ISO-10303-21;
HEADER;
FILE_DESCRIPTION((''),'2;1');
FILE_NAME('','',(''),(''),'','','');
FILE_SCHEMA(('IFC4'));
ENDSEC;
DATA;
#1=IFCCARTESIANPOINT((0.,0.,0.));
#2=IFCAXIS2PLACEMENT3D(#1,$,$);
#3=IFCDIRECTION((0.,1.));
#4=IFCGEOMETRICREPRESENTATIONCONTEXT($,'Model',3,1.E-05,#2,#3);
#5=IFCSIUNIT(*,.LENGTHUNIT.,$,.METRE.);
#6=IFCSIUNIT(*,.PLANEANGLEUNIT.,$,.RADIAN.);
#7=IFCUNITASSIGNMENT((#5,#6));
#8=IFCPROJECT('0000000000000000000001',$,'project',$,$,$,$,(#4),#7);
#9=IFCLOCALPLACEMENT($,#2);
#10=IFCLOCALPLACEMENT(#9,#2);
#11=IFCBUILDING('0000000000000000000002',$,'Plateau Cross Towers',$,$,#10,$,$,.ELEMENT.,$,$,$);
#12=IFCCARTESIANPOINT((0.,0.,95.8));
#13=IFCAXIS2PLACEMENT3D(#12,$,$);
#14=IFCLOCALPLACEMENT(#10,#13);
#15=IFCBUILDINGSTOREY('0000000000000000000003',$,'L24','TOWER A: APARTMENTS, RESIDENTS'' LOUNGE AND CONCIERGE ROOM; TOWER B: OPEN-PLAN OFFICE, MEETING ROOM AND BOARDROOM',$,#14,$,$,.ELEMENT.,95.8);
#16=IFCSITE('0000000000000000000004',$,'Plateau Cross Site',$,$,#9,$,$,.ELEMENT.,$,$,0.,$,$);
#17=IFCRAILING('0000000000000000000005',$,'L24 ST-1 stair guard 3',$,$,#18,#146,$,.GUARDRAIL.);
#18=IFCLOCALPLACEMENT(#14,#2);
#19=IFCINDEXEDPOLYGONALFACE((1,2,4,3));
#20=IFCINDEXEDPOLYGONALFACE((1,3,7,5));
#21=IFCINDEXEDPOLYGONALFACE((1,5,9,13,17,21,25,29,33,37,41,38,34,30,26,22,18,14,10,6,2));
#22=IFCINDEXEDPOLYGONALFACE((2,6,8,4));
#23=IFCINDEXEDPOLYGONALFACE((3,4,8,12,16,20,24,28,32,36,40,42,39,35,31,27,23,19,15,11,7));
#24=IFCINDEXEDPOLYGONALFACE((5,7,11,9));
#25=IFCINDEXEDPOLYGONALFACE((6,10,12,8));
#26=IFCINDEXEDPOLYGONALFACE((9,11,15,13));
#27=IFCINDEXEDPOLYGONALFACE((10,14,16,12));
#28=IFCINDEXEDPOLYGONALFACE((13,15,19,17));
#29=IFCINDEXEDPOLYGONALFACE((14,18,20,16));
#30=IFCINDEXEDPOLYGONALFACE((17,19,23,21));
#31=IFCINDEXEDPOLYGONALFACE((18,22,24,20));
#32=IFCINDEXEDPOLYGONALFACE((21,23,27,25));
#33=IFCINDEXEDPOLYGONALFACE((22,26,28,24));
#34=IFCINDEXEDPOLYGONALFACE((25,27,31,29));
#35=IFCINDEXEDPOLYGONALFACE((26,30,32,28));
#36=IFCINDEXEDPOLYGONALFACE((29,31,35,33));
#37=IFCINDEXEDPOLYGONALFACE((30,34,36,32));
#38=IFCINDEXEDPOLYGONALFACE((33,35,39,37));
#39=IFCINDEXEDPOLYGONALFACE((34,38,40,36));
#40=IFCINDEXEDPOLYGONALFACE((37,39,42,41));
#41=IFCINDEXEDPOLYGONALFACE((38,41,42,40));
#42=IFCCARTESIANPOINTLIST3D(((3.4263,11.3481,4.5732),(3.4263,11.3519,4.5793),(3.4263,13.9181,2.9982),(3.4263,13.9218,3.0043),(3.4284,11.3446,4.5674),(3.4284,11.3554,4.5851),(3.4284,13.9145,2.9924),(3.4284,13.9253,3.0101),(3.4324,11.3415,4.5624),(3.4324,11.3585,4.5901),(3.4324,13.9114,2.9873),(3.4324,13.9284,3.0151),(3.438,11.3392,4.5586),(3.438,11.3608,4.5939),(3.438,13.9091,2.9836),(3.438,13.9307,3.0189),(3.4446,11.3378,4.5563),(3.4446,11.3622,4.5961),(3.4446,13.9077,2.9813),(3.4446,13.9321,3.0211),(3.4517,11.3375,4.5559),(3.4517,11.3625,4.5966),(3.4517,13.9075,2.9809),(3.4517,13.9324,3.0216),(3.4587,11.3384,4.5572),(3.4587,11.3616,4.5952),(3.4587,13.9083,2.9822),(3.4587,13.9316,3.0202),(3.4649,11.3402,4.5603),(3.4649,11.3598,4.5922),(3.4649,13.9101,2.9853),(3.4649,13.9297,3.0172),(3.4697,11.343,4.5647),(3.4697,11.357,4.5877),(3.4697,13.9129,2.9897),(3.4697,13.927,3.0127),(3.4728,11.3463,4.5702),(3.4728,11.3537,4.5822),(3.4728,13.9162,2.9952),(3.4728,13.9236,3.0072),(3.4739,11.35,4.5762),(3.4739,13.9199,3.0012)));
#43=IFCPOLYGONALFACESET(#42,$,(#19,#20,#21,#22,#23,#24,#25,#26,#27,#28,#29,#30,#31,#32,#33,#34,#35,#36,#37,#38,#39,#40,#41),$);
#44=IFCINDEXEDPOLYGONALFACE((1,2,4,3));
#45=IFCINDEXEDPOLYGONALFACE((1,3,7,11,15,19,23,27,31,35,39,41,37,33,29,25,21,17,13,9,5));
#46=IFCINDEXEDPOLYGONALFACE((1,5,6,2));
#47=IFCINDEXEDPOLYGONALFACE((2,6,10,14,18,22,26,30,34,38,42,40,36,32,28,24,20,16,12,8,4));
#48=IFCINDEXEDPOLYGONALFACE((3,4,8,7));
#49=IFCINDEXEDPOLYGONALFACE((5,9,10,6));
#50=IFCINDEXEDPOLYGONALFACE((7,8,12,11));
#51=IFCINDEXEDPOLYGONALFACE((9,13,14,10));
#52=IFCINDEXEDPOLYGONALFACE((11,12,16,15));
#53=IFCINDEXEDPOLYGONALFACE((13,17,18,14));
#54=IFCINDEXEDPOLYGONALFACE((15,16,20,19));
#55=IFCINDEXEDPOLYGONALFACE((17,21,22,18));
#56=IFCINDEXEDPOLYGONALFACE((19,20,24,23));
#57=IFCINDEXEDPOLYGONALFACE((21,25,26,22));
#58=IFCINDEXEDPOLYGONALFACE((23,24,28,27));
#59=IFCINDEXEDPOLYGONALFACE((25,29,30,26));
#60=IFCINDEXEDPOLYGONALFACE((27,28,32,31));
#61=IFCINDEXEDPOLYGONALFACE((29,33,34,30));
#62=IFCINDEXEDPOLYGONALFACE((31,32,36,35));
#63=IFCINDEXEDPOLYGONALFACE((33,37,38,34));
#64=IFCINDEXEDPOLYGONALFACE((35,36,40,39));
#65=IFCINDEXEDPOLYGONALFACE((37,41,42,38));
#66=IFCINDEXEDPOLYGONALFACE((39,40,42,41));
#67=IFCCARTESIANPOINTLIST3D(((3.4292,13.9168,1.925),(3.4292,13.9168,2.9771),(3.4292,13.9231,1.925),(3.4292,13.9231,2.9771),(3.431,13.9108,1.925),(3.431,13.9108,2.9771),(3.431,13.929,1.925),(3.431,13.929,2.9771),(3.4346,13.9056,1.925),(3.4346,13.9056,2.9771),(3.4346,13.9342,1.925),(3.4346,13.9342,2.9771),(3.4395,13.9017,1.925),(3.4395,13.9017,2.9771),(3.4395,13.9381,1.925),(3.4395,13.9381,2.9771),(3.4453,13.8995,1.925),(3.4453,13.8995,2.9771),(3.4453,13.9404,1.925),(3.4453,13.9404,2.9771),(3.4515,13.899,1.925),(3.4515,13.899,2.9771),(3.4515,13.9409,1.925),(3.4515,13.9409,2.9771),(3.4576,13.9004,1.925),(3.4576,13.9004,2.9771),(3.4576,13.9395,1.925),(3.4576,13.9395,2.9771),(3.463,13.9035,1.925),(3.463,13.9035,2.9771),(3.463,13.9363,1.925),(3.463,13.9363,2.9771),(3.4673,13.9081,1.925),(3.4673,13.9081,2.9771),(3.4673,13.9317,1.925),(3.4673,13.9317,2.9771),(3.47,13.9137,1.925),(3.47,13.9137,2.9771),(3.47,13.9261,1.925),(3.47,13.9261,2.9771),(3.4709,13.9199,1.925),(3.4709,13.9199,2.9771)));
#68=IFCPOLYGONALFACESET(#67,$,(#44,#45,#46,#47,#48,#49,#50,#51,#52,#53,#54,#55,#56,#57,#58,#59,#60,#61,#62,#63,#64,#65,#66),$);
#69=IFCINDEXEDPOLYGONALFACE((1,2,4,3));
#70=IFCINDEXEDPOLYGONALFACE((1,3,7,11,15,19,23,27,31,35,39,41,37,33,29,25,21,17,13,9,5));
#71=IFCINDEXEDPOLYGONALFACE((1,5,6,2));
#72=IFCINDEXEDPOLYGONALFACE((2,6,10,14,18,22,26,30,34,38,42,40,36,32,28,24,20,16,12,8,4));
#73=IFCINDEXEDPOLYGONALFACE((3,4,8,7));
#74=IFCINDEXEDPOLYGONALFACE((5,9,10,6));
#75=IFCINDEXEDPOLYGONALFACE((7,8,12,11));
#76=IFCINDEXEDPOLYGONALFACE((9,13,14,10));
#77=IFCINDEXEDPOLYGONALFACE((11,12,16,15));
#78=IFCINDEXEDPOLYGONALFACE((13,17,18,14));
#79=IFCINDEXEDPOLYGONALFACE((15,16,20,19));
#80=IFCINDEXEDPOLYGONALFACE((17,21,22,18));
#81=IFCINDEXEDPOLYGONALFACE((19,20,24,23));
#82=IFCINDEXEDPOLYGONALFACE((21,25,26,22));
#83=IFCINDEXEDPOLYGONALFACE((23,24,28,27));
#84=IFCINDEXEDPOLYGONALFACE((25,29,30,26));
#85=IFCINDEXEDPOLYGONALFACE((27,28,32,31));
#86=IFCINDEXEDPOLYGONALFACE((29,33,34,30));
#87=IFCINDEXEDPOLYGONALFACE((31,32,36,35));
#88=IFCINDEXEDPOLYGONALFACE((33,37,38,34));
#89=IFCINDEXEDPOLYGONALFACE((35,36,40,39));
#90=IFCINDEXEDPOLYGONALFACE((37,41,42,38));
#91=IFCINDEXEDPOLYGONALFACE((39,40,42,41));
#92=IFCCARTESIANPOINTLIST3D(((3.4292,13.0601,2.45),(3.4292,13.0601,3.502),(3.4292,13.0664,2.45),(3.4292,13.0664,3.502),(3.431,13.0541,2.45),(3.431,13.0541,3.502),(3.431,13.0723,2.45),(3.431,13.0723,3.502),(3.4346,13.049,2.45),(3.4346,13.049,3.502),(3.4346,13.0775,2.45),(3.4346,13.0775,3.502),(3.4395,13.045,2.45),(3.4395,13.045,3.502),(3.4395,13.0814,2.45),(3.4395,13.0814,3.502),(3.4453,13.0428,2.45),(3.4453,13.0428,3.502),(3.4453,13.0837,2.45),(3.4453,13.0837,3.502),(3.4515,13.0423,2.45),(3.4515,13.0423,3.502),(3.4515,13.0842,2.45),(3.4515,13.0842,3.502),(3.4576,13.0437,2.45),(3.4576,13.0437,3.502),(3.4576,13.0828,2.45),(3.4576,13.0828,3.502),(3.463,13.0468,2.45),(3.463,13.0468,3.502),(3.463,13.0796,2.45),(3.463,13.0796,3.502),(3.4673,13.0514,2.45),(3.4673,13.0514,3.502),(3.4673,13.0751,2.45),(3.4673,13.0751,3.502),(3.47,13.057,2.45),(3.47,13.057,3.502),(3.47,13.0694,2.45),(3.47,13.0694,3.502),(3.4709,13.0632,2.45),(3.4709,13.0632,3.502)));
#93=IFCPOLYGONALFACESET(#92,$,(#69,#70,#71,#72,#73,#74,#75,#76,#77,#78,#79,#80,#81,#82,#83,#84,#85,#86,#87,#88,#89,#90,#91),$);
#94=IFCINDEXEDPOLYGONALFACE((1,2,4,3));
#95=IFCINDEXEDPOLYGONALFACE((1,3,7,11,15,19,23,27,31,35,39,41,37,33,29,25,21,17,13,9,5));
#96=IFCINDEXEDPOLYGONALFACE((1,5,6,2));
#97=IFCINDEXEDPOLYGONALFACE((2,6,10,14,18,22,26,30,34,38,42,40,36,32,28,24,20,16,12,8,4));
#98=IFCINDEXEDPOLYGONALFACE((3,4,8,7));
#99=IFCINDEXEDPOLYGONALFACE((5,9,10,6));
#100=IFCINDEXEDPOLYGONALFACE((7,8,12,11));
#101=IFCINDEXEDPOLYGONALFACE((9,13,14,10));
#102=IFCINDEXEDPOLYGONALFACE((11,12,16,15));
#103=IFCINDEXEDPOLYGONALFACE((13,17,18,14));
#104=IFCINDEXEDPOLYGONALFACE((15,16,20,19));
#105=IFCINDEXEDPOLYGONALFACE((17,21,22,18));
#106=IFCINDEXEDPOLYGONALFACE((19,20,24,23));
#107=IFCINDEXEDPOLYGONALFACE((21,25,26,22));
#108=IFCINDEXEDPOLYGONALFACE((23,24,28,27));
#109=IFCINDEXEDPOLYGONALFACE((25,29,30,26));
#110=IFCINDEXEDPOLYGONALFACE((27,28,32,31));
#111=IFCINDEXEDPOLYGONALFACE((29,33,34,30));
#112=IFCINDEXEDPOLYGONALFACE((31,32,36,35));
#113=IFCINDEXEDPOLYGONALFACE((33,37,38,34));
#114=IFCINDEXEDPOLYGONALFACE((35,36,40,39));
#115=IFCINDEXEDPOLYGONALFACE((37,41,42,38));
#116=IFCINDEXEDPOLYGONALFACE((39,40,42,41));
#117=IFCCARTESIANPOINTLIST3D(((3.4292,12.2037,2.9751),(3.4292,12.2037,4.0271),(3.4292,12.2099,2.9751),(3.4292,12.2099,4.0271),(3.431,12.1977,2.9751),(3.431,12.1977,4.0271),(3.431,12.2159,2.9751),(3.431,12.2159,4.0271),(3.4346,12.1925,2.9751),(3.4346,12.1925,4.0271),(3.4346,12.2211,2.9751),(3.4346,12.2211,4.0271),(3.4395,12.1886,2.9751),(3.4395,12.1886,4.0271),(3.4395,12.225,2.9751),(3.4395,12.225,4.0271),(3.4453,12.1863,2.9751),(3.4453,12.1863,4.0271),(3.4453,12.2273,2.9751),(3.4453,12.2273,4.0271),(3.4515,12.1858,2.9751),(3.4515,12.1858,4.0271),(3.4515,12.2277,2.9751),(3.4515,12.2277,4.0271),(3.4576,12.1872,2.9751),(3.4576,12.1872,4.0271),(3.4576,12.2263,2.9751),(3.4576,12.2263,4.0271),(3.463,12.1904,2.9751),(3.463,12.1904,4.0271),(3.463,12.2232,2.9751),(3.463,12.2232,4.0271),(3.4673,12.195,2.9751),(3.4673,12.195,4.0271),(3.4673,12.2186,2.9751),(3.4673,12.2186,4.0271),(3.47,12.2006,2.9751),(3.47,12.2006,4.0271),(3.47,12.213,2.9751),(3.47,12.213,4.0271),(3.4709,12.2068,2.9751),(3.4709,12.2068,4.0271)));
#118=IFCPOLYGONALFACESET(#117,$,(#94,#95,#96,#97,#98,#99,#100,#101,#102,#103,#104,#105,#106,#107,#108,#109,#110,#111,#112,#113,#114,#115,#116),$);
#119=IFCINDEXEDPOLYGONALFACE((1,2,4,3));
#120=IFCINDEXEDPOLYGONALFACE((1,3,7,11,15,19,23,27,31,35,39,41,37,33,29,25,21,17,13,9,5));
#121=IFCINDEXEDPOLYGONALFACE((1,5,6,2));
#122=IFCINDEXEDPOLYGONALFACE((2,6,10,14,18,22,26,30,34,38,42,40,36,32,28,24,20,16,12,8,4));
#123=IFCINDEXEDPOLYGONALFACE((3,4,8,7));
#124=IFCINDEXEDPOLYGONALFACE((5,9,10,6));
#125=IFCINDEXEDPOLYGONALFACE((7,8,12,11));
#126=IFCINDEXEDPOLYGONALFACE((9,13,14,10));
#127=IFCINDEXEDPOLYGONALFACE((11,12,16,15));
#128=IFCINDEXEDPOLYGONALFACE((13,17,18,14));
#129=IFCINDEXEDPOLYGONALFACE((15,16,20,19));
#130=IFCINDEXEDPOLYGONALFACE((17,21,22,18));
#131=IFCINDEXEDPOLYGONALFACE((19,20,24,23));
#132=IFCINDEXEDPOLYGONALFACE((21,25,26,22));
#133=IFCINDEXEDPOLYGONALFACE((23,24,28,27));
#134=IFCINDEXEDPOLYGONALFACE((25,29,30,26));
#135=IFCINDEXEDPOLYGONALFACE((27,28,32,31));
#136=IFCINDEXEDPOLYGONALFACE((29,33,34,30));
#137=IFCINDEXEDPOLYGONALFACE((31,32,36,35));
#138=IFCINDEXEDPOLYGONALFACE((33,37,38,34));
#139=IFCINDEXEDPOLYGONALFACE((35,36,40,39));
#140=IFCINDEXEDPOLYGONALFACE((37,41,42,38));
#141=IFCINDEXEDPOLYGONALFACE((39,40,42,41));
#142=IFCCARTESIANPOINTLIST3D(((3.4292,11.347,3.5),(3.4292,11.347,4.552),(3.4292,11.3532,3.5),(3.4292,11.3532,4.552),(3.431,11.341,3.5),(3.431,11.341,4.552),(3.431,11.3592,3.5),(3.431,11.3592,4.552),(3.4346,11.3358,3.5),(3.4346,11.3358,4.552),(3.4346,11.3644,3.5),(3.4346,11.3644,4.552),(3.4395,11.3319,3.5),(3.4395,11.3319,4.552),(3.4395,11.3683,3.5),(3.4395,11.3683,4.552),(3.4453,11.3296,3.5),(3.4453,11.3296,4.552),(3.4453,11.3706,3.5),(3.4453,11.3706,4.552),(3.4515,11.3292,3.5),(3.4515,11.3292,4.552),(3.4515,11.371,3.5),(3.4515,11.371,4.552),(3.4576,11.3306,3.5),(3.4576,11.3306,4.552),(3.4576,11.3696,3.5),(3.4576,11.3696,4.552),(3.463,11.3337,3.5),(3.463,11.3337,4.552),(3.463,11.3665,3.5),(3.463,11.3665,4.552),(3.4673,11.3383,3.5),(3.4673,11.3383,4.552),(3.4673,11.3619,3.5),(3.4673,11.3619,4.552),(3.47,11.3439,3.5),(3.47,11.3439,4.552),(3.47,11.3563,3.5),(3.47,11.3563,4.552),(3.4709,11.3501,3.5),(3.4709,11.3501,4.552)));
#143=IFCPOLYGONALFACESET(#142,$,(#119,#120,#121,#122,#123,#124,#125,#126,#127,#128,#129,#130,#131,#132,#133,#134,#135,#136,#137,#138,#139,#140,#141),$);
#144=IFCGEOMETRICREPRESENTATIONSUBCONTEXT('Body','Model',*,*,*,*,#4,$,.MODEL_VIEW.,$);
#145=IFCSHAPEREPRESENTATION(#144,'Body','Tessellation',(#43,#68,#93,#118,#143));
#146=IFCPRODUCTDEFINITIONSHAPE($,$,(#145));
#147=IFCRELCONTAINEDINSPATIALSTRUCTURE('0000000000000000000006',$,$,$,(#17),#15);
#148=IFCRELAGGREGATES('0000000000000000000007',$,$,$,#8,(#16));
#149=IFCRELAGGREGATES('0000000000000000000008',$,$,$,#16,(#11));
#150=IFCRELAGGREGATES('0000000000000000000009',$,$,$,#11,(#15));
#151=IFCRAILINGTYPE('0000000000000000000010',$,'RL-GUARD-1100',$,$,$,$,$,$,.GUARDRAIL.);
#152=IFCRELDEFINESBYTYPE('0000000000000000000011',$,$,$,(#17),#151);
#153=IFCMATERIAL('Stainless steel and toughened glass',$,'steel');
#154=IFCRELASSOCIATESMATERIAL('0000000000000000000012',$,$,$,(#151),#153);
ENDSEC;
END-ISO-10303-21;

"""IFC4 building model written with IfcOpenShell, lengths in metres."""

from ifc_helpers import new_model, si_unit, direction, frame, origin, origin_2d, place, context, subcontext, project, spatial, circle, extrude, material, type_object, element, save


model = new_model("IFC4")

# Units and contexts
model_context = context("Model", 3, precision=1e-05, world=origin(), true_north=direction((0.0, 1.0)))
body_context = subcontext(model_context, "Body", "Model", "MODEL_VIEW")
ifc_project = project(units=[si_unit("LENGTHUNIT", "METRE"), si_unit("PLANEANGLEUNIT", "RADIAN")], contexts=[model_context])

# Site, building, storey
site_placement = place(None, origin())
site = spatial("IfcSite", under=ifc_project, at=site_placement, Name="Plateau Cross Site", CompositionType="ELEMENT", RefElevation=0.0)
building_placement = place(site_placement, origin())
building = spatial("IfcBuilding", under=site, at=building_placement, Name="Plateau Cross Towers", CompositionType="ELEMENT")
storey_placement = place(building_placement, frame((0.0, 0.0, 95.8)))
storey = spatial("IfcBuildingStorey", under=building, at=storey_placement, Name="L24", Description="TOWER A: APARTMENTS, RESIDENTS' LOUNGE AND CONCIERGE ROOM; TOWER B: OPEN-PLAN OFFICE, MEETING ROOM AND BOARDROOM", CompositionType="ELEMENT", Elevation=95.8)

# Railing
ifc_material_1 = material(Name="Stainless steel and toughened glass", Category="steel")
railing_type_1 = type_object("IfcRailingType", Name="RL-GUARD-1100", PredefinedType="GUARDRAIL", material=ifc_material_1)
railing_1_placement = place(storey_placement, frame((3.45, 13.9199, 1.925)))
element("IfcRailing", 1, at=railing_1_placement, inside=storey, type_object=railing_type_1, Name="L24 ST-1 stair guard 3", PredefinedType="GUARDRAIL", context=body_context, shape_type="SweptSolid", body=[
    extrude(circle(Radius=0.0239, at=origin_2d()), frame((0.0, 0.0, 1.0762), z_axis=(0.0, -0.852616, 0.522537), x_axis=(1.0, 0.0, 0.0)), (0.0, 0.0, 1.0), 3.0142),
    extrude(circle(Radius=0.021, at=origin_2d()), origin(), (0.0, 0.0, 1.0), 1.052),
    extrude(circle(Radius=0.021, at=origin_2d()), frame((0.0, -0.8567, 0.5249)), (0.0, 0.0, 1.0), 1.052),
    extrude(circle(Radius=0.021, at=origin_2d()), frame((0.0, -1.7131, 1.05)), (0.0, 0.0, 1.0), 1.052),
    extrude(circle(Radius=0.021, at=origin_2d()), frame((0.0, -2.5698, 1.575)), (0.0, 0.0, 1.0), 1.052),
])

save(model, "model.ifc")
